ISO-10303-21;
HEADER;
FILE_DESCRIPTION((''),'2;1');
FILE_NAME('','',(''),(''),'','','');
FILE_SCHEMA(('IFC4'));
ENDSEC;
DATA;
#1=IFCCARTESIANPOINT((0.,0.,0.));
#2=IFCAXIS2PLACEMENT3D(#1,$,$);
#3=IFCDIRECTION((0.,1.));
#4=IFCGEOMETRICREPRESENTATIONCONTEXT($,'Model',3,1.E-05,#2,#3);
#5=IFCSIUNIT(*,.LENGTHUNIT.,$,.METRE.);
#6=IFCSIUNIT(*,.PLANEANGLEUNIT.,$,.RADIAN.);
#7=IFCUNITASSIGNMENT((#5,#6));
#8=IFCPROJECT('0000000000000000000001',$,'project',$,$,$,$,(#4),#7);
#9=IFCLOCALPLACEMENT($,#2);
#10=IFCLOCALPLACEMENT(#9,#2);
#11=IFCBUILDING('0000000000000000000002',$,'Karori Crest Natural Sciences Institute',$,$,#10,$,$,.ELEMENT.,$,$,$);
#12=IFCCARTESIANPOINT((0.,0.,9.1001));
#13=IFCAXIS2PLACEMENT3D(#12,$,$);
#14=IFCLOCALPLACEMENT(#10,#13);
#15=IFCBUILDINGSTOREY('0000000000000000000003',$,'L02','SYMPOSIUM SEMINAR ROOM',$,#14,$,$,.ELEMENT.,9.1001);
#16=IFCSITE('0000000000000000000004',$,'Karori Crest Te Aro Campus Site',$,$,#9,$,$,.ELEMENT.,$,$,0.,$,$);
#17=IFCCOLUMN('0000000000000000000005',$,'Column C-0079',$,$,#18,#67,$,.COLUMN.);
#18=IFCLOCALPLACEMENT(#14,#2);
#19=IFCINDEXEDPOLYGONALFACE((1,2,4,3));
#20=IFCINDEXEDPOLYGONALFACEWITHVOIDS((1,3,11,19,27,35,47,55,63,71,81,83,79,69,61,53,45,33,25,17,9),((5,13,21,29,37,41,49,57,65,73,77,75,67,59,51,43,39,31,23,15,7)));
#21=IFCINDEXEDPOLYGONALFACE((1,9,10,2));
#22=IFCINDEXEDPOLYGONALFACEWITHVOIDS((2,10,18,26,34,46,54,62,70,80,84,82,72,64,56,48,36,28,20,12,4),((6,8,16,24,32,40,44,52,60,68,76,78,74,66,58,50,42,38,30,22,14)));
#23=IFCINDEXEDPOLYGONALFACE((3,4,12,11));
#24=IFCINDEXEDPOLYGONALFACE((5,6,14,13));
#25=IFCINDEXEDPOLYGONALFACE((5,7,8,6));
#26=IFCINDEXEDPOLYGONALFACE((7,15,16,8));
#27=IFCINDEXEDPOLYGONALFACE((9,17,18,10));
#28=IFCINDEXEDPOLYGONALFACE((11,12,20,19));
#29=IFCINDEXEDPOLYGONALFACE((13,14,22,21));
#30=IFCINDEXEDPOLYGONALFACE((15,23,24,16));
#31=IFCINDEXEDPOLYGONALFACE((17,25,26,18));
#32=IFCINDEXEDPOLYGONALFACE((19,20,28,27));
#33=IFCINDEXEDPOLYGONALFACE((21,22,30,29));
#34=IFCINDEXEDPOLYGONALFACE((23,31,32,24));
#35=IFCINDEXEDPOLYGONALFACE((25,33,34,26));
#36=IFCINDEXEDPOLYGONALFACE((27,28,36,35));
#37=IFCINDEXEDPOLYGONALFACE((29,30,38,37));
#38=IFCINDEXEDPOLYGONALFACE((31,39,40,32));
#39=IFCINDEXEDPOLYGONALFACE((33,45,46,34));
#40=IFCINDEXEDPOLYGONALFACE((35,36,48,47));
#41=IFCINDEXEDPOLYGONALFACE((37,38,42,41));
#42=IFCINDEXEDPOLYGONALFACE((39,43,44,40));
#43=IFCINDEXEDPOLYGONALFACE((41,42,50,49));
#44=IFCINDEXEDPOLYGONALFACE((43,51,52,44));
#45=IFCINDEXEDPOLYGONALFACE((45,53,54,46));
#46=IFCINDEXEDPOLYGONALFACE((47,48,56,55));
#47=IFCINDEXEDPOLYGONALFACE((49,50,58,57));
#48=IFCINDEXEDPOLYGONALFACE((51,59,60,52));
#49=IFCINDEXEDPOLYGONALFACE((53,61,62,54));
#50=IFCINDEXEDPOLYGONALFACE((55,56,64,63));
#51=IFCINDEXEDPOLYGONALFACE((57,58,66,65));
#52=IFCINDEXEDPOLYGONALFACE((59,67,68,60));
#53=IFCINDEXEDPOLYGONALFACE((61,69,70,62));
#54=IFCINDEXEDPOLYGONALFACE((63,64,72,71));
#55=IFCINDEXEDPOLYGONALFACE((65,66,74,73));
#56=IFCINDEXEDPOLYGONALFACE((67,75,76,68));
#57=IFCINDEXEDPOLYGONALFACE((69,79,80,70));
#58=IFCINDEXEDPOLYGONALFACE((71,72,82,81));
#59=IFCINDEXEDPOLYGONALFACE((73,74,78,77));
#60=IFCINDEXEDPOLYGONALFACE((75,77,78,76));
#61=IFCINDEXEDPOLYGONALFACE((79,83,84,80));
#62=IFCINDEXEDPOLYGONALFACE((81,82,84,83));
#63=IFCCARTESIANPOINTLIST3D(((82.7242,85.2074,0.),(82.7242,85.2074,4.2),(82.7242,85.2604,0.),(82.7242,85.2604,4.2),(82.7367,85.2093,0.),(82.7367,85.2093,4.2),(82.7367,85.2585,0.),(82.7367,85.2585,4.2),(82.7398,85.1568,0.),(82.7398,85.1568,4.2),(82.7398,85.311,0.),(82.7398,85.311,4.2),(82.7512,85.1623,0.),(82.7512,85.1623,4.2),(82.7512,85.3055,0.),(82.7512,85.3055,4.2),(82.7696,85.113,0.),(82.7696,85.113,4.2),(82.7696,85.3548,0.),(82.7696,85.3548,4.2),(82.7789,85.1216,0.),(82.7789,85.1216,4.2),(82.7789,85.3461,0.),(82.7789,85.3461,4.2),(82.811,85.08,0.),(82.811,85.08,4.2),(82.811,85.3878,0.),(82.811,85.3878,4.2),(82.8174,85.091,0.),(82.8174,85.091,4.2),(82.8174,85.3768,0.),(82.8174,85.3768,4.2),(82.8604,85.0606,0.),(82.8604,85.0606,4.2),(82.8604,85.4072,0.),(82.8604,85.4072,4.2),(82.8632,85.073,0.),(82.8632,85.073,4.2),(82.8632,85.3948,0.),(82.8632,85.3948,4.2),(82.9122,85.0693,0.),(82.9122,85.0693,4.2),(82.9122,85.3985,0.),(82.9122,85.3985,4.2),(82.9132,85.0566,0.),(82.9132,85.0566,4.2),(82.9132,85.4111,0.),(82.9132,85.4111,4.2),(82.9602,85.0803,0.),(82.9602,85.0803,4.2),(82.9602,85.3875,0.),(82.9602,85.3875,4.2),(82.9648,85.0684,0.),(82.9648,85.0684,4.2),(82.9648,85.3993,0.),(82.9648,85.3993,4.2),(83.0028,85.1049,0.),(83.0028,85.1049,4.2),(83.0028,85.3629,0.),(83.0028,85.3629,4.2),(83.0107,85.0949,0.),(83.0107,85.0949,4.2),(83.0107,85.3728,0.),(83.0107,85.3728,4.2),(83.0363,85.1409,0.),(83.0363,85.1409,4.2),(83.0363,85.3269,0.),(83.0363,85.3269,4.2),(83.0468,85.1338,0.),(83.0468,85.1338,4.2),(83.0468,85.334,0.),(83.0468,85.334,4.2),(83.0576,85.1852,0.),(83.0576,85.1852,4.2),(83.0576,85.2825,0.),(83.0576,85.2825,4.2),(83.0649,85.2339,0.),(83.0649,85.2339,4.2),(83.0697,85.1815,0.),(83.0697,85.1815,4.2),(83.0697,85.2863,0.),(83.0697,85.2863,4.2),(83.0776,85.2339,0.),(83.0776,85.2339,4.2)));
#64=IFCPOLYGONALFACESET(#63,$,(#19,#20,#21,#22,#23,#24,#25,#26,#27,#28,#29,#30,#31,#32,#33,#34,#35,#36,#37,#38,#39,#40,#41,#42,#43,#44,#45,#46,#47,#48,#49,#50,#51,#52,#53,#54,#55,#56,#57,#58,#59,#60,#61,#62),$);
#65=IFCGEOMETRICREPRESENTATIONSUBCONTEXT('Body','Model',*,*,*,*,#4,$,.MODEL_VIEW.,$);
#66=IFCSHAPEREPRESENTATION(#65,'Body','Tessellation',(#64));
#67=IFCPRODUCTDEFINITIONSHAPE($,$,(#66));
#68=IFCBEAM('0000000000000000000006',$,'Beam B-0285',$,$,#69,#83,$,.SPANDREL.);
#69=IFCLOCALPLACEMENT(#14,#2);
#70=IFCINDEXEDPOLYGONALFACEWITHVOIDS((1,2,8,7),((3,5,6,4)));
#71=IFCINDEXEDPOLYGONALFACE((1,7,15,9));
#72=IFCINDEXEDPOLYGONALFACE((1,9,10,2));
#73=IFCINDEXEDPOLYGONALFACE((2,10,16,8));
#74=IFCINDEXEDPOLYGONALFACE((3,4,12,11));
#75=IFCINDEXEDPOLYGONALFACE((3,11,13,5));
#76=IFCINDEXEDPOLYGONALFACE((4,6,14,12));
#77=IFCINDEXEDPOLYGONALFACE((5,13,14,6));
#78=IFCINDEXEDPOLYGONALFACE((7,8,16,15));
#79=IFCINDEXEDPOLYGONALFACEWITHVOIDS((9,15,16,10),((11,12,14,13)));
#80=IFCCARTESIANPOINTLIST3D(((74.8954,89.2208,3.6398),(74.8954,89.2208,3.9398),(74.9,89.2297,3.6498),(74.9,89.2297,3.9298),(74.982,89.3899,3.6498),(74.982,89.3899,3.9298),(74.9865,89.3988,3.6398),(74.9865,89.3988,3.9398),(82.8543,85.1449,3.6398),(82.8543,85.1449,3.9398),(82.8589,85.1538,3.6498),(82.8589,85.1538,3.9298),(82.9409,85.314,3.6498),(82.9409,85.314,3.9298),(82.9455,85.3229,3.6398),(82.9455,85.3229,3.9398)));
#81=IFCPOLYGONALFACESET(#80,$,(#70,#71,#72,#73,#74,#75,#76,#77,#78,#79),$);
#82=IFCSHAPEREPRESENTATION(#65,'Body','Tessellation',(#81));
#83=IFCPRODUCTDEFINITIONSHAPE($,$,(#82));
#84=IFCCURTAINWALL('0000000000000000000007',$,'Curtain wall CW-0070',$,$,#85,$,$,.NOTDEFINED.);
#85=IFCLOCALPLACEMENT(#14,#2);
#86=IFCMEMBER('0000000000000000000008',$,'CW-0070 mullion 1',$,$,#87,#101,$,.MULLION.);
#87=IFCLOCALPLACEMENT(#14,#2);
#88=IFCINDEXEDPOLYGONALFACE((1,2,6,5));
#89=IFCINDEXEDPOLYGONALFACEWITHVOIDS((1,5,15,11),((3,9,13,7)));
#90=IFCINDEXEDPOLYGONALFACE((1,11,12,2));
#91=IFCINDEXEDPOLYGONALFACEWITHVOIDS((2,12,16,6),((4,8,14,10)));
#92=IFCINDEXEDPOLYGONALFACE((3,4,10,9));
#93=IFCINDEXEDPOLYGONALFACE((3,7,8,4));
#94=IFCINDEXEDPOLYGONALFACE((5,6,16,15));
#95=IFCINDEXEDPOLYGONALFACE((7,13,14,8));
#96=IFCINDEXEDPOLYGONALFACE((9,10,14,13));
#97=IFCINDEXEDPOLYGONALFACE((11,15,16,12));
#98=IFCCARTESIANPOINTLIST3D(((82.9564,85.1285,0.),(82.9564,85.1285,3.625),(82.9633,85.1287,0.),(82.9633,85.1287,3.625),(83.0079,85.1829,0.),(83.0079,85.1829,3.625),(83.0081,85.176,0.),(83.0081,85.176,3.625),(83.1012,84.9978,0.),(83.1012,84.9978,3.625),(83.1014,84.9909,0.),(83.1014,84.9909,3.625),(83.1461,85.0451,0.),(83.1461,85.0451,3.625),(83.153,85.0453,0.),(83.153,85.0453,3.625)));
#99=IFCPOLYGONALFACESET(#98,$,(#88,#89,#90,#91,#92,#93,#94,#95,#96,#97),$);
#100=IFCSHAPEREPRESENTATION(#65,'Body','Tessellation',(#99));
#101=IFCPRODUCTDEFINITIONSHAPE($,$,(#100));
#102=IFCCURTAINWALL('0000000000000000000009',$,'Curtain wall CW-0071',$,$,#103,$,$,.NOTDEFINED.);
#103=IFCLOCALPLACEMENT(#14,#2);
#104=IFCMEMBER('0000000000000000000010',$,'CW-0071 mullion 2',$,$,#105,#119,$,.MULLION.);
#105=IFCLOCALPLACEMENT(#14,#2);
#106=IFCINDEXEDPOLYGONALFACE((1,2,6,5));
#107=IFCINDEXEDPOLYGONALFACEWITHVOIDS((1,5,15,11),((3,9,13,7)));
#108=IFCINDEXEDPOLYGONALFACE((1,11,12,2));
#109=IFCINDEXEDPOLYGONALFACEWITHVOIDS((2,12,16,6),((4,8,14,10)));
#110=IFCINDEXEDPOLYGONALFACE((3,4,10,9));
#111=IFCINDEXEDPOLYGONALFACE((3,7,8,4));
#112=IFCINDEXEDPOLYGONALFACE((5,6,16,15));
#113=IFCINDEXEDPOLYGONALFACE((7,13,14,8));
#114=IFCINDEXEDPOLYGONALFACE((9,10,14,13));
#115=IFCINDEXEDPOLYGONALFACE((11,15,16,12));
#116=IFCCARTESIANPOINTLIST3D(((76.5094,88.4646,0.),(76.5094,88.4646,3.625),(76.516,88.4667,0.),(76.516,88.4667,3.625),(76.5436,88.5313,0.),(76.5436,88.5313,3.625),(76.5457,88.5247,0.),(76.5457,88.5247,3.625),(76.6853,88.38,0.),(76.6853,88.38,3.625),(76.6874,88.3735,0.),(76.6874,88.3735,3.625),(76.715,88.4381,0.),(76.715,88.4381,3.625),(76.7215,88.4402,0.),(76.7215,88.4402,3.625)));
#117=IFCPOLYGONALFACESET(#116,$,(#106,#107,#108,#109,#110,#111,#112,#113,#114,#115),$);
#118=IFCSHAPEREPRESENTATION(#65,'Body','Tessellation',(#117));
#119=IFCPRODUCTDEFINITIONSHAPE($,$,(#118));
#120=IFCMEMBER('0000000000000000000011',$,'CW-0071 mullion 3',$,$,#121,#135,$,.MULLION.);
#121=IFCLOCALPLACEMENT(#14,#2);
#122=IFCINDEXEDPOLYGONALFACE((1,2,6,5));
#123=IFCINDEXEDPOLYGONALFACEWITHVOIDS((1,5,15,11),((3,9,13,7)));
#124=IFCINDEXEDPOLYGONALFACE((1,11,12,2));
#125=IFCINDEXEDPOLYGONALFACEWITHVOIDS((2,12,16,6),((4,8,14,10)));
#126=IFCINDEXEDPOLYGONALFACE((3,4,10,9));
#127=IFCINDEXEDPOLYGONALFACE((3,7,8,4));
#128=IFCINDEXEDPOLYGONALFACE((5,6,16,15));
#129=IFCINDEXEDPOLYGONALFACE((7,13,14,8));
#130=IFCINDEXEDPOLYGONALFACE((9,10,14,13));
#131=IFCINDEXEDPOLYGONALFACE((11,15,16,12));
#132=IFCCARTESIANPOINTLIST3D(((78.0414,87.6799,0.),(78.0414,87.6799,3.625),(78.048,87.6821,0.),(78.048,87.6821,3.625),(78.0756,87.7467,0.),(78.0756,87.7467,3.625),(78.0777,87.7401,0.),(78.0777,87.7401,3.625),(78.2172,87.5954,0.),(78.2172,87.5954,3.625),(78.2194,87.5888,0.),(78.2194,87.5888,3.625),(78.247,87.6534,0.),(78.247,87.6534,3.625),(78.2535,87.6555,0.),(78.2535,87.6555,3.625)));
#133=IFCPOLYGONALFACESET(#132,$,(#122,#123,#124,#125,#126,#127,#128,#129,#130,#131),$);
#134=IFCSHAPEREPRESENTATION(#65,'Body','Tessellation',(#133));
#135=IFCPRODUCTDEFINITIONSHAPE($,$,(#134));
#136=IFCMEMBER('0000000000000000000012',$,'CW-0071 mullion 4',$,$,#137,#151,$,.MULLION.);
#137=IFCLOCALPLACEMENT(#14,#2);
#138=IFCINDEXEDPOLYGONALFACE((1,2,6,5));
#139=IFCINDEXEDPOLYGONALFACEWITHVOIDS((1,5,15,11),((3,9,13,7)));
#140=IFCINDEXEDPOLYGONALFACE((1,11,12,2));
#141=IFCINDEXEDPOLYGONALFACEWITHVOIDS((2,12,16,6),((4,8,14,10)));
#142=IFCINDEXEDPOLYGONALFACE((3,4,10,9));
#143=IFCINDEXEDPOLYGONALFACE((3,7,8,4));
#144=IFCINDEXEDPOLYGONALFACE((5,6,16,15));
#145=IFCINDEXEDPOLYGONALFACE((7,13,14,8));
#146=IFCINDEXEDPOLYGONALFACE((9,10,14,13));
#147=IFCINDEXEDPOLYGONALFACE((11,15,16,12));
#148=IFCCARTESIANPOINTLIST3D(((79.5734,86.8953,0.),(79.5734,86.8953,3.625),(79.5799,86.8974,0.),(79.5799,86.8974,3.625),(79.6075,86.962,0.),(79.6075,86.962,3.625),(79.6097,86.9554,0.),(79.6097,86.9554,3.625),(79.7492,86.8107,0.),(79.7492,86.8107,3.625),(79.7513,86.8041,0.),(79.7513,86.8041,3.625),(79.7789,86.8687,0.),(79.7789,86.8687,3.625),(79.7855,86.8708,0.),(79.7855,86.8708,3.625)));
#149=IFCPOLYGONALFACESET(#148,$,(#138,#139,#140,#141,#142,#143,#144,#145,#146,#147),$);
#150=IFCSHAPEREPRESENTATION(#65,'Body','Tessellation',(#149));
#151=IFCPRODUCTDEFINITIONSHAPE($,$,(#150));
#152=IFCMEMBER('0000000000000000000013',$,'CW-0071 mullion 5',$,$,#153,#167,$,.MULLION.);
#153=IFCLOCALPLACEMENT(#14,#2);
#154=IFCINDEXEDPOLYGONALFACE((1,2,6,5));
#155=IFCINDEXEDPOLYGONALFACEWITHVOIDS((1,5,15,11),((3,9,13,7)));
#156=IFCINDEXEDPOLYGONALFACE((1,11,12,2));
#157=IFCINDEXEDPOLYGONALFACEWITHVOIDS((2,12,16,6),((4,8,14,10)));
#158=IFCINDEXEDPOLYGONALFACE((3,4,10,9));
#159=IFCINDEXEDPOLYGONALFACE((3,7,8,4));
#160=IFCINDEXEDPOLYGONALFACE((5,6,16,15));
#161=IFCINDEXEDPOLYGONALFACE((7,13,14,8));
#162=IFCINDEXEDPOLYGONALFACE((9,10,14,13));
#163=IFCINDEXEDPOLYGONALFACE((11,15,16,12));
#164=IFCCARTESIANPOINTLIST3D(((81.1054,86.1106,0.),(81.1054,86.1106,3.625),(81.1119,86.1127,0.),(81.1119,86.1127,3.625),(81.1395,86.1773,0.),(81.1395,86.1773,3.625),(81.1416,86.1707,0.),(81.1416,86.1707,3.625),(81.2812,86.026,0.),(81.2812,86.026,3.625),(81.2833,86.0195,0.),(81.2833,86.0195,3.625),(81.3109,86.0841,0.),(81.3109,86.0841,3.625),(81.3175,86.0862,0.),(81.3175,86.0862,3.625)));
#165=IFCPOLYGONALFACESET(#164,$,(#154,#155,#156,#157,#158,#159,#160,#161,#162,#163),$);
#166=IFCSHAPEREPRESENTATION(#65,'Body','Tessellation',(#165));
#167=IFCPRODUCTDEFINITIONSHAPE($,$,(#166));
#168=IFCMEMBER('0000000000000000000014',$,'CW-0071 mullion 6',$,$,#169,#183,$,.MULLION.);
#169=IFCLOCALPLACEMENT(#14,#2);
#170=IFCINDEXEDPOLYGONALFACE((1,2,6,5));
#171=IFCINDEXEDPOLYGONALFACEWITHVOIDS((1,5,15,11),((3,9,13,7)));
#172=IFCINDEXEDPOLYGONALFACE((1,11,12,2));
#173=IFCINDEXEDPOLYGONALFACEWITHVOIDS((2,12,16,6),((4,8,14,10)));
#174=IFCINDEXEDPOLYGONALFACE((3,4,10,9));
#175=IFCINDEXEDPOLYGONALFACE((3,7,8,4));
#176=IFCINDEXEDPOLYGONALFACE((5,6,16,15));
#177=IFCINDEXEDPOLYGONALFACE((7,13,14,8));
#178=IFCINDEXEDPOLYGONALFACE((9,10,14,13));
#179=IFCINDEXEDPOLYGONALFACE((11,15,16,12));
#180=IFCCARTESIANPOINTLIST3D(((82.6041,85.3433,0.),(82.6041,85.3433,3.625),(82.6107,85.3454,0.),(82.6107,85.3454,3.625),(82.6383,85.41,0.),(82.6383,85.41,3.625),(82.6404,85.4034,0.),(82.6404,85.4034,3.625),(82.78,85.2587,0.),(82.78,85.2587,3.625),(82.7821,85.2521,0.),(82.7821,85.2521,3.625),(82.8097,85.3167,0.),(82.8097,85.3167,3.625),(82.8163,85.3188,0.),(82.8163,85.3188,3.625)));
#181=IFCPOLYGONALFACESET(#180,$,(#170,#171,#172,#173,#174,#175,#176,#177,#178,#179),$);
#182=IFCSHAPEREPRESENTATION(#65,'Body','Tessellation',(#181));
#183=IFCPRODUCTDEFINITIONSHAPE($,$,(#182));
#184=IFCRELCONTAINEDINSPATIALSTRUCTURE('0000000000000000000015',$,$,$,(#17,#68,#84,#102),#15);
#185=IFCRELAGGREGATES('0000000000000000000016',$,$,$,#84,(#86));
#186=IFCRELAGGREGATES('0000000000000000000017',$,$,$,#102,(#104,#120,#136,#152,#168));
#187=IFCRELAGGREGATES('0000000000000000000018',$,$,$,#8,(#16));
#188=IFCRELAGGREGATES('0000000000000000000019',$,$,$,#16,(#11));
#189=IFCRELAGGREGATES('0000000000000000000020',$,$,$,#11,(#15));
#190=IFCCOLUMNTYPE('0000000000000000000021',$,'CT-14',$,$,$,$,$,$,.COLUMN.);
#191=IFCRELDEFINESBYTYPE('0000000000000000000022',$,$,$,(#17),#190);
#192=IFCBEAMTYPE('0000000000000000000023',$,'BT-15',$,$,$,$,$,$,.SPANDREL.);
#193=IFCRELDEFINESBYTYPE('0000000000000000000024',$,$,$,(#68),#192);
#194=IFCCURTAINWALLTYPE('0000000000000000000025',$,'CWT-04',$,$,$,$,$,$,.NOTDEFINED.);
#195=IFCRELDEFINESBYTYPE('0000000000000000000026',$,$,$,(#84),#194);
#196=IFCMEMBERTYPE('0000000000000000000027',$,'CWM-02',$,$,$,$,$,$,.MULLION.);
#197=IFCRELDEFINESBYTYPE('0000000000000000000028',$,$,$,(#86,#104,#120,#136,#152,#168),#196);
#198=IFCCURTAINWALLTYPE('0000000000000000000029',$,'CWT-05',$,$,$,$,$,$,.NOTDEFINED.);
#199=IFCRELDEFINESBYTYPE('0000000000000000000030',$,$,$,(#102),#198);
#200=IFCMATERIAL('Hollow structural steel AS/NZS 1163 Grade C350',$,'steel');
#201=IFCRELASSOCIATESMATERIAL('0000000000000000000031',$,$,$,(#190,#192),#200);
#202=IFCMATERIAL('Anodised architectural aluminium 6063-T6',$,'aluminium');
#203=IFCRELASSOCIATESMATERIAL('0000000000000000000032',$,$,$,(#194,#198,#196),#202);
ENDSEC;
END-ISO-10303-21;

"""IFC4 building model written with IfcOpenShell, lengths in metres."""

from ifc_helpers import new_model, si_unit, direction, frame, origin, origin_2d, place, context, subcontext, project, spatial, hollow_rectangle, hollow_circle, extrude, material, material_profile, profile_set, type_object, element, aggregate, save


model = new_model("IFC4")

# Units and contexts
model_context = context("Model", 3, precision=1e-05, world=origin(), true_north=direction((0.0, 1.0)))
body_context = subcontext(model_context, "Body", "Model", "MODEL_VIEW")
ifc_project = project(units=[si_unit("LENGTHUNIT", "METRE"), si_unit("PLANEANGLEUNIT", "RADIAN")], contexts=[model_context])

# Site, building, storey
site_placement = place(None, origin())
site = spatial("IfcSite", under=ifc_project, at=site_placement, Name="Karori Crest Te Aro Campus Site", CompositionType="ELEMENT", RefElevation=0.0)
building_placement = place(site_placement, origin())
building = spatial("IfcBuilding", under=site, at=building_placement, Name="Karori Crest Natural Sciences Institute", CompositionType="ELEMENT")
storey_placement = place(building_placement, frame((0.0, 0.0, 9.1001)))
storey = spatial("IfcBuildingStorey", under=building, at=storey_placement, Name="L02", Description="SYMPOSIUM SEMINAR ROOM", CompositionType="ELEMENT", Elevation=9.1001)

# Column
ifc_material_1 = material(Name="Hollow structural steel AS/NZS 1163 Grade C350", Category="steel")
ifc_material_profile_1 = material_profile(ifc_material_1, hollow_circle(Radius=0.1777, WallThickness=0.0127, at=origin_2d()), Name="CHS355.6x12.7")
ifc_profile_set_1 = profile_set([ifc_material_profile_1], Name="Hollow structural steel AS/NZS 1163 Grade C350")
column_type = type_object("IfcColumnType", Name="CT-14", PredefinedType="COLUMN", material=ifc_profile_set_1)
column_placement = place(storey_placement, frame((82.8999, 85.2339, 0.0), z_axis=(0.0, 0.0, 1.0), x_axis=(1.0, 0.0, 0.0)))
element("IfcColumn", 1, at=column_placement, inside=storey, type_object=column_type, Name="Column C-0079", PredefinedType="COLUMN", context=body_context, shape_type="SweptSolid", body=[
    extrude(hollow_circle(Radius=0.1777, WallThickness=0.0127, at=origin_2d()), origin(), (0.0, 0.0, 1.0), 4.2),
])

# Beam
ifc_material_profile_2 = material_profile(ifc_material_1, hollow_rectangle(XDim=0.2, YDim=0.3, WallThickness=0.01, at=origin_2d()), Name="RHS300x200x10")
ifc_profile_set_2 = profile_set([ifc_material_profile_2], Name="Hollow structural steel AS/NZS 1163 Grade C350")
beam_type = type_object("IfcBeamType", Name="BT-15", PredefinedType="SPANDREL", material=ifc_profile_set_2)
beam_placement = place(storey_placement, frame((82.8999, 85.2339, 3.7898), z_axis=(-0.890072, 0.45582, 0.0), x_axis=(-0.45582, -0.890072, 0.0)))
element("IfcBeam", 2, at=beam_placement, inside=storey, type_object=beam_type, Name="Beam B-0285", PredefinedType="SPANDREL", context=body_context, shape_type="SweptSolid", body=[
    extrude(hollow_rectangle(XDim=0.2, YDim=0.3, WallThickness=0.01, at=origin_2d()), origin(), (0.0, 0.0, 1.0), 8.9419),
])

# Curtain wall, member
ifc_material_2 = material(Name="Anodised architectural aluminium 6063-T6", Category="aluminium")
curtain_wall_type_1 = type_object("IfcCurtainWallType", Name="CWT-04", PredefinedType="NOTDEFINED", material=ifc_material_2)
curtain_wall_1_placement = place(storey_placement, origin())
curtain_wall_1 = element("IfcCurtainWall", 3, at=curtain_wall_1_placement, inside=storey, type_object=curtain_wall_type_1, Name="Curtain wall CW-0070", PredefinedType="NOTDEFINED")
ifc_material_profile_3 = material_profile(ifc_material_2, hollow_rectangle(XDim=0.075, YDim=0.2, WallThickness=0.0049, at=origin_2d()), Name="CWM200x75x5")
ifc_profile_set_3 = profile_set([ifc_material_profile_3], Name="Anodised architectural aluminium 6063-T6")
member_type_1 = type_object("IfcMemberType", Name="CWM-02", PredefinedType="MULLION", material=ifc_profile_set_3)
member_1_placement = place(storey_placement, frame((83.0547, 85.0869, 0.0), z_axis=(0.0, 0.0, 1.0), x_axis=(0.688246, 0.725477, 0.0)))
member_1 = element("IfcMember", 4, at=member_1_placement, type_object=member_type_1, Name="CW-0070 mullion 1", PredefinedType="MULLION", context=body_context, shape_type="SweptSolid", body=[
    extrude(hollow_rectangle(XDim=0.075, YDim=0.2, WallThickness=0.0049, at=origin_2d()), origin(), (0.0, 0.0, 1.0), 3.625),
])

# Curtain wall, members
curtain_wall_type_2 = type_object("IfcCurtainWallType", Name="CWT-05", PredefinedType="NOTDEFINED", material=ifc_material_2)
curtain_wall_2_placement = place(storey_placement, origin())
curtain_wall_2 = element("IfcCurtainWall", 5, at=curtain_wall_2_placement, inside=storey, type_object=curtain_wall_type_2, Name="Curtain wall CW-0071", PredefinedType="NOTDEFINED")
member_2_placement = place(storey_placement, frame((76.6155, 88.4524, 0.0), z_axis=(0.0, 0.0, 1.0), x_axis=(0.455833, 0.890065, 0.0)))
member_2 = element("IfcMember", 6, at=member_2_placement, type_object=member_type_1, Name="CW-0071 mullion 2", PredefinedType="MULLION", context=body_context, shape_type="SweptSolid", body=[
    extrude(hollow_rectangle(XDim=0.075, YDim=0.2, WallThickness=0.0049, at=origin_2d()), origin(), (0.0, 0.0, 1.0), 3.625),
])
member_3_placement = place(storey_placement, frame((78.1475, 87.6677, 0.0), z_axis=(0.0, 0.0, 1.0), x_axis=(0.455833, 0.890065, 0.0)))
member_3 = element("IfcMember", 7, at=member_3_placement, type_object=member_type_1, Name="CW-0071 mullion 3", PredefinedType="MULLION", context=body_context, shape_type="SweptSolid", body=[
    extrude(hollow_rectangle(XDim=0.075, YDim=0.2, WallThickness=0.0049, at=origin_2d()), origin(), (0.0, 0.0, 1.0), 3.625),
])
member_4_placement = place(storey_placement, frame((79.6794, 86.8831, 0.0), z_axis=(0.0, 0.0, 1.0), x_axis=(0.455833, 0.890065, 0.0)))
member_4 = element("IfcMember", 8, at=member_4_placement, type_object=member_type_1, Name="CW-0071 mullion 4", PredefinedType="MULLION", context=body_context, shape_type="SweptSolid", body=[
    extrude(hollow_rectangle(XDim=0.075, YDim=0.2, WallThickness=0.0049, at=origin_2d()), origin(), (0.0, 0.0, 1.0), 3.625),
])
member_5_placement = place(storey_placement, frame((81.2114, 86.0984, 0.0), z_axis=(0.0, 0.0, 1.0), x_axis=(0.455833, 0.890065, 0.0)))
member_5 = element("IfcMember", 9, at=member_5_placement, type_object=member_type_1, Name="CW-0071 mullion 5", PredefinedType="MULLION", context=body_context, shape_type="SweptSolid", body=[
    extrude(hollow_rectangle(XDim=0.075, YDim=0.2, WallThickness=0.0049, at=origin_2d()), origin(), (0.0, 0.0, 1.0), 3.625),
])
member_6_placement = place(storey_placement, frame((82.7102, 85.3311, 0.0), z_axis=(0.0, 0.0, 1.0), x_axis=(0.455833, 0.890065, 0.0)))
member_6 = element("IfcMember", 10, at=member_6_placement, type_object=member_type_1, Name="CW-0071 mullion 6", PredefinedType="MULLION", context=body_context, shape_type="SweptSolid", body=[
    extrude(hollow_rectangle(XDim=0.075, YDim=0.2, WallThickness=0.0049, at=origin_2d()), origin(), (0.0, 0.0, 1.0), 3.625),
])

aggregate(curtain_wall_1, [member_1])

aggregate(curtain_wall_2, [member_2, member_3, member_4, member_5, member_6])

save(model, "model.ifc")
